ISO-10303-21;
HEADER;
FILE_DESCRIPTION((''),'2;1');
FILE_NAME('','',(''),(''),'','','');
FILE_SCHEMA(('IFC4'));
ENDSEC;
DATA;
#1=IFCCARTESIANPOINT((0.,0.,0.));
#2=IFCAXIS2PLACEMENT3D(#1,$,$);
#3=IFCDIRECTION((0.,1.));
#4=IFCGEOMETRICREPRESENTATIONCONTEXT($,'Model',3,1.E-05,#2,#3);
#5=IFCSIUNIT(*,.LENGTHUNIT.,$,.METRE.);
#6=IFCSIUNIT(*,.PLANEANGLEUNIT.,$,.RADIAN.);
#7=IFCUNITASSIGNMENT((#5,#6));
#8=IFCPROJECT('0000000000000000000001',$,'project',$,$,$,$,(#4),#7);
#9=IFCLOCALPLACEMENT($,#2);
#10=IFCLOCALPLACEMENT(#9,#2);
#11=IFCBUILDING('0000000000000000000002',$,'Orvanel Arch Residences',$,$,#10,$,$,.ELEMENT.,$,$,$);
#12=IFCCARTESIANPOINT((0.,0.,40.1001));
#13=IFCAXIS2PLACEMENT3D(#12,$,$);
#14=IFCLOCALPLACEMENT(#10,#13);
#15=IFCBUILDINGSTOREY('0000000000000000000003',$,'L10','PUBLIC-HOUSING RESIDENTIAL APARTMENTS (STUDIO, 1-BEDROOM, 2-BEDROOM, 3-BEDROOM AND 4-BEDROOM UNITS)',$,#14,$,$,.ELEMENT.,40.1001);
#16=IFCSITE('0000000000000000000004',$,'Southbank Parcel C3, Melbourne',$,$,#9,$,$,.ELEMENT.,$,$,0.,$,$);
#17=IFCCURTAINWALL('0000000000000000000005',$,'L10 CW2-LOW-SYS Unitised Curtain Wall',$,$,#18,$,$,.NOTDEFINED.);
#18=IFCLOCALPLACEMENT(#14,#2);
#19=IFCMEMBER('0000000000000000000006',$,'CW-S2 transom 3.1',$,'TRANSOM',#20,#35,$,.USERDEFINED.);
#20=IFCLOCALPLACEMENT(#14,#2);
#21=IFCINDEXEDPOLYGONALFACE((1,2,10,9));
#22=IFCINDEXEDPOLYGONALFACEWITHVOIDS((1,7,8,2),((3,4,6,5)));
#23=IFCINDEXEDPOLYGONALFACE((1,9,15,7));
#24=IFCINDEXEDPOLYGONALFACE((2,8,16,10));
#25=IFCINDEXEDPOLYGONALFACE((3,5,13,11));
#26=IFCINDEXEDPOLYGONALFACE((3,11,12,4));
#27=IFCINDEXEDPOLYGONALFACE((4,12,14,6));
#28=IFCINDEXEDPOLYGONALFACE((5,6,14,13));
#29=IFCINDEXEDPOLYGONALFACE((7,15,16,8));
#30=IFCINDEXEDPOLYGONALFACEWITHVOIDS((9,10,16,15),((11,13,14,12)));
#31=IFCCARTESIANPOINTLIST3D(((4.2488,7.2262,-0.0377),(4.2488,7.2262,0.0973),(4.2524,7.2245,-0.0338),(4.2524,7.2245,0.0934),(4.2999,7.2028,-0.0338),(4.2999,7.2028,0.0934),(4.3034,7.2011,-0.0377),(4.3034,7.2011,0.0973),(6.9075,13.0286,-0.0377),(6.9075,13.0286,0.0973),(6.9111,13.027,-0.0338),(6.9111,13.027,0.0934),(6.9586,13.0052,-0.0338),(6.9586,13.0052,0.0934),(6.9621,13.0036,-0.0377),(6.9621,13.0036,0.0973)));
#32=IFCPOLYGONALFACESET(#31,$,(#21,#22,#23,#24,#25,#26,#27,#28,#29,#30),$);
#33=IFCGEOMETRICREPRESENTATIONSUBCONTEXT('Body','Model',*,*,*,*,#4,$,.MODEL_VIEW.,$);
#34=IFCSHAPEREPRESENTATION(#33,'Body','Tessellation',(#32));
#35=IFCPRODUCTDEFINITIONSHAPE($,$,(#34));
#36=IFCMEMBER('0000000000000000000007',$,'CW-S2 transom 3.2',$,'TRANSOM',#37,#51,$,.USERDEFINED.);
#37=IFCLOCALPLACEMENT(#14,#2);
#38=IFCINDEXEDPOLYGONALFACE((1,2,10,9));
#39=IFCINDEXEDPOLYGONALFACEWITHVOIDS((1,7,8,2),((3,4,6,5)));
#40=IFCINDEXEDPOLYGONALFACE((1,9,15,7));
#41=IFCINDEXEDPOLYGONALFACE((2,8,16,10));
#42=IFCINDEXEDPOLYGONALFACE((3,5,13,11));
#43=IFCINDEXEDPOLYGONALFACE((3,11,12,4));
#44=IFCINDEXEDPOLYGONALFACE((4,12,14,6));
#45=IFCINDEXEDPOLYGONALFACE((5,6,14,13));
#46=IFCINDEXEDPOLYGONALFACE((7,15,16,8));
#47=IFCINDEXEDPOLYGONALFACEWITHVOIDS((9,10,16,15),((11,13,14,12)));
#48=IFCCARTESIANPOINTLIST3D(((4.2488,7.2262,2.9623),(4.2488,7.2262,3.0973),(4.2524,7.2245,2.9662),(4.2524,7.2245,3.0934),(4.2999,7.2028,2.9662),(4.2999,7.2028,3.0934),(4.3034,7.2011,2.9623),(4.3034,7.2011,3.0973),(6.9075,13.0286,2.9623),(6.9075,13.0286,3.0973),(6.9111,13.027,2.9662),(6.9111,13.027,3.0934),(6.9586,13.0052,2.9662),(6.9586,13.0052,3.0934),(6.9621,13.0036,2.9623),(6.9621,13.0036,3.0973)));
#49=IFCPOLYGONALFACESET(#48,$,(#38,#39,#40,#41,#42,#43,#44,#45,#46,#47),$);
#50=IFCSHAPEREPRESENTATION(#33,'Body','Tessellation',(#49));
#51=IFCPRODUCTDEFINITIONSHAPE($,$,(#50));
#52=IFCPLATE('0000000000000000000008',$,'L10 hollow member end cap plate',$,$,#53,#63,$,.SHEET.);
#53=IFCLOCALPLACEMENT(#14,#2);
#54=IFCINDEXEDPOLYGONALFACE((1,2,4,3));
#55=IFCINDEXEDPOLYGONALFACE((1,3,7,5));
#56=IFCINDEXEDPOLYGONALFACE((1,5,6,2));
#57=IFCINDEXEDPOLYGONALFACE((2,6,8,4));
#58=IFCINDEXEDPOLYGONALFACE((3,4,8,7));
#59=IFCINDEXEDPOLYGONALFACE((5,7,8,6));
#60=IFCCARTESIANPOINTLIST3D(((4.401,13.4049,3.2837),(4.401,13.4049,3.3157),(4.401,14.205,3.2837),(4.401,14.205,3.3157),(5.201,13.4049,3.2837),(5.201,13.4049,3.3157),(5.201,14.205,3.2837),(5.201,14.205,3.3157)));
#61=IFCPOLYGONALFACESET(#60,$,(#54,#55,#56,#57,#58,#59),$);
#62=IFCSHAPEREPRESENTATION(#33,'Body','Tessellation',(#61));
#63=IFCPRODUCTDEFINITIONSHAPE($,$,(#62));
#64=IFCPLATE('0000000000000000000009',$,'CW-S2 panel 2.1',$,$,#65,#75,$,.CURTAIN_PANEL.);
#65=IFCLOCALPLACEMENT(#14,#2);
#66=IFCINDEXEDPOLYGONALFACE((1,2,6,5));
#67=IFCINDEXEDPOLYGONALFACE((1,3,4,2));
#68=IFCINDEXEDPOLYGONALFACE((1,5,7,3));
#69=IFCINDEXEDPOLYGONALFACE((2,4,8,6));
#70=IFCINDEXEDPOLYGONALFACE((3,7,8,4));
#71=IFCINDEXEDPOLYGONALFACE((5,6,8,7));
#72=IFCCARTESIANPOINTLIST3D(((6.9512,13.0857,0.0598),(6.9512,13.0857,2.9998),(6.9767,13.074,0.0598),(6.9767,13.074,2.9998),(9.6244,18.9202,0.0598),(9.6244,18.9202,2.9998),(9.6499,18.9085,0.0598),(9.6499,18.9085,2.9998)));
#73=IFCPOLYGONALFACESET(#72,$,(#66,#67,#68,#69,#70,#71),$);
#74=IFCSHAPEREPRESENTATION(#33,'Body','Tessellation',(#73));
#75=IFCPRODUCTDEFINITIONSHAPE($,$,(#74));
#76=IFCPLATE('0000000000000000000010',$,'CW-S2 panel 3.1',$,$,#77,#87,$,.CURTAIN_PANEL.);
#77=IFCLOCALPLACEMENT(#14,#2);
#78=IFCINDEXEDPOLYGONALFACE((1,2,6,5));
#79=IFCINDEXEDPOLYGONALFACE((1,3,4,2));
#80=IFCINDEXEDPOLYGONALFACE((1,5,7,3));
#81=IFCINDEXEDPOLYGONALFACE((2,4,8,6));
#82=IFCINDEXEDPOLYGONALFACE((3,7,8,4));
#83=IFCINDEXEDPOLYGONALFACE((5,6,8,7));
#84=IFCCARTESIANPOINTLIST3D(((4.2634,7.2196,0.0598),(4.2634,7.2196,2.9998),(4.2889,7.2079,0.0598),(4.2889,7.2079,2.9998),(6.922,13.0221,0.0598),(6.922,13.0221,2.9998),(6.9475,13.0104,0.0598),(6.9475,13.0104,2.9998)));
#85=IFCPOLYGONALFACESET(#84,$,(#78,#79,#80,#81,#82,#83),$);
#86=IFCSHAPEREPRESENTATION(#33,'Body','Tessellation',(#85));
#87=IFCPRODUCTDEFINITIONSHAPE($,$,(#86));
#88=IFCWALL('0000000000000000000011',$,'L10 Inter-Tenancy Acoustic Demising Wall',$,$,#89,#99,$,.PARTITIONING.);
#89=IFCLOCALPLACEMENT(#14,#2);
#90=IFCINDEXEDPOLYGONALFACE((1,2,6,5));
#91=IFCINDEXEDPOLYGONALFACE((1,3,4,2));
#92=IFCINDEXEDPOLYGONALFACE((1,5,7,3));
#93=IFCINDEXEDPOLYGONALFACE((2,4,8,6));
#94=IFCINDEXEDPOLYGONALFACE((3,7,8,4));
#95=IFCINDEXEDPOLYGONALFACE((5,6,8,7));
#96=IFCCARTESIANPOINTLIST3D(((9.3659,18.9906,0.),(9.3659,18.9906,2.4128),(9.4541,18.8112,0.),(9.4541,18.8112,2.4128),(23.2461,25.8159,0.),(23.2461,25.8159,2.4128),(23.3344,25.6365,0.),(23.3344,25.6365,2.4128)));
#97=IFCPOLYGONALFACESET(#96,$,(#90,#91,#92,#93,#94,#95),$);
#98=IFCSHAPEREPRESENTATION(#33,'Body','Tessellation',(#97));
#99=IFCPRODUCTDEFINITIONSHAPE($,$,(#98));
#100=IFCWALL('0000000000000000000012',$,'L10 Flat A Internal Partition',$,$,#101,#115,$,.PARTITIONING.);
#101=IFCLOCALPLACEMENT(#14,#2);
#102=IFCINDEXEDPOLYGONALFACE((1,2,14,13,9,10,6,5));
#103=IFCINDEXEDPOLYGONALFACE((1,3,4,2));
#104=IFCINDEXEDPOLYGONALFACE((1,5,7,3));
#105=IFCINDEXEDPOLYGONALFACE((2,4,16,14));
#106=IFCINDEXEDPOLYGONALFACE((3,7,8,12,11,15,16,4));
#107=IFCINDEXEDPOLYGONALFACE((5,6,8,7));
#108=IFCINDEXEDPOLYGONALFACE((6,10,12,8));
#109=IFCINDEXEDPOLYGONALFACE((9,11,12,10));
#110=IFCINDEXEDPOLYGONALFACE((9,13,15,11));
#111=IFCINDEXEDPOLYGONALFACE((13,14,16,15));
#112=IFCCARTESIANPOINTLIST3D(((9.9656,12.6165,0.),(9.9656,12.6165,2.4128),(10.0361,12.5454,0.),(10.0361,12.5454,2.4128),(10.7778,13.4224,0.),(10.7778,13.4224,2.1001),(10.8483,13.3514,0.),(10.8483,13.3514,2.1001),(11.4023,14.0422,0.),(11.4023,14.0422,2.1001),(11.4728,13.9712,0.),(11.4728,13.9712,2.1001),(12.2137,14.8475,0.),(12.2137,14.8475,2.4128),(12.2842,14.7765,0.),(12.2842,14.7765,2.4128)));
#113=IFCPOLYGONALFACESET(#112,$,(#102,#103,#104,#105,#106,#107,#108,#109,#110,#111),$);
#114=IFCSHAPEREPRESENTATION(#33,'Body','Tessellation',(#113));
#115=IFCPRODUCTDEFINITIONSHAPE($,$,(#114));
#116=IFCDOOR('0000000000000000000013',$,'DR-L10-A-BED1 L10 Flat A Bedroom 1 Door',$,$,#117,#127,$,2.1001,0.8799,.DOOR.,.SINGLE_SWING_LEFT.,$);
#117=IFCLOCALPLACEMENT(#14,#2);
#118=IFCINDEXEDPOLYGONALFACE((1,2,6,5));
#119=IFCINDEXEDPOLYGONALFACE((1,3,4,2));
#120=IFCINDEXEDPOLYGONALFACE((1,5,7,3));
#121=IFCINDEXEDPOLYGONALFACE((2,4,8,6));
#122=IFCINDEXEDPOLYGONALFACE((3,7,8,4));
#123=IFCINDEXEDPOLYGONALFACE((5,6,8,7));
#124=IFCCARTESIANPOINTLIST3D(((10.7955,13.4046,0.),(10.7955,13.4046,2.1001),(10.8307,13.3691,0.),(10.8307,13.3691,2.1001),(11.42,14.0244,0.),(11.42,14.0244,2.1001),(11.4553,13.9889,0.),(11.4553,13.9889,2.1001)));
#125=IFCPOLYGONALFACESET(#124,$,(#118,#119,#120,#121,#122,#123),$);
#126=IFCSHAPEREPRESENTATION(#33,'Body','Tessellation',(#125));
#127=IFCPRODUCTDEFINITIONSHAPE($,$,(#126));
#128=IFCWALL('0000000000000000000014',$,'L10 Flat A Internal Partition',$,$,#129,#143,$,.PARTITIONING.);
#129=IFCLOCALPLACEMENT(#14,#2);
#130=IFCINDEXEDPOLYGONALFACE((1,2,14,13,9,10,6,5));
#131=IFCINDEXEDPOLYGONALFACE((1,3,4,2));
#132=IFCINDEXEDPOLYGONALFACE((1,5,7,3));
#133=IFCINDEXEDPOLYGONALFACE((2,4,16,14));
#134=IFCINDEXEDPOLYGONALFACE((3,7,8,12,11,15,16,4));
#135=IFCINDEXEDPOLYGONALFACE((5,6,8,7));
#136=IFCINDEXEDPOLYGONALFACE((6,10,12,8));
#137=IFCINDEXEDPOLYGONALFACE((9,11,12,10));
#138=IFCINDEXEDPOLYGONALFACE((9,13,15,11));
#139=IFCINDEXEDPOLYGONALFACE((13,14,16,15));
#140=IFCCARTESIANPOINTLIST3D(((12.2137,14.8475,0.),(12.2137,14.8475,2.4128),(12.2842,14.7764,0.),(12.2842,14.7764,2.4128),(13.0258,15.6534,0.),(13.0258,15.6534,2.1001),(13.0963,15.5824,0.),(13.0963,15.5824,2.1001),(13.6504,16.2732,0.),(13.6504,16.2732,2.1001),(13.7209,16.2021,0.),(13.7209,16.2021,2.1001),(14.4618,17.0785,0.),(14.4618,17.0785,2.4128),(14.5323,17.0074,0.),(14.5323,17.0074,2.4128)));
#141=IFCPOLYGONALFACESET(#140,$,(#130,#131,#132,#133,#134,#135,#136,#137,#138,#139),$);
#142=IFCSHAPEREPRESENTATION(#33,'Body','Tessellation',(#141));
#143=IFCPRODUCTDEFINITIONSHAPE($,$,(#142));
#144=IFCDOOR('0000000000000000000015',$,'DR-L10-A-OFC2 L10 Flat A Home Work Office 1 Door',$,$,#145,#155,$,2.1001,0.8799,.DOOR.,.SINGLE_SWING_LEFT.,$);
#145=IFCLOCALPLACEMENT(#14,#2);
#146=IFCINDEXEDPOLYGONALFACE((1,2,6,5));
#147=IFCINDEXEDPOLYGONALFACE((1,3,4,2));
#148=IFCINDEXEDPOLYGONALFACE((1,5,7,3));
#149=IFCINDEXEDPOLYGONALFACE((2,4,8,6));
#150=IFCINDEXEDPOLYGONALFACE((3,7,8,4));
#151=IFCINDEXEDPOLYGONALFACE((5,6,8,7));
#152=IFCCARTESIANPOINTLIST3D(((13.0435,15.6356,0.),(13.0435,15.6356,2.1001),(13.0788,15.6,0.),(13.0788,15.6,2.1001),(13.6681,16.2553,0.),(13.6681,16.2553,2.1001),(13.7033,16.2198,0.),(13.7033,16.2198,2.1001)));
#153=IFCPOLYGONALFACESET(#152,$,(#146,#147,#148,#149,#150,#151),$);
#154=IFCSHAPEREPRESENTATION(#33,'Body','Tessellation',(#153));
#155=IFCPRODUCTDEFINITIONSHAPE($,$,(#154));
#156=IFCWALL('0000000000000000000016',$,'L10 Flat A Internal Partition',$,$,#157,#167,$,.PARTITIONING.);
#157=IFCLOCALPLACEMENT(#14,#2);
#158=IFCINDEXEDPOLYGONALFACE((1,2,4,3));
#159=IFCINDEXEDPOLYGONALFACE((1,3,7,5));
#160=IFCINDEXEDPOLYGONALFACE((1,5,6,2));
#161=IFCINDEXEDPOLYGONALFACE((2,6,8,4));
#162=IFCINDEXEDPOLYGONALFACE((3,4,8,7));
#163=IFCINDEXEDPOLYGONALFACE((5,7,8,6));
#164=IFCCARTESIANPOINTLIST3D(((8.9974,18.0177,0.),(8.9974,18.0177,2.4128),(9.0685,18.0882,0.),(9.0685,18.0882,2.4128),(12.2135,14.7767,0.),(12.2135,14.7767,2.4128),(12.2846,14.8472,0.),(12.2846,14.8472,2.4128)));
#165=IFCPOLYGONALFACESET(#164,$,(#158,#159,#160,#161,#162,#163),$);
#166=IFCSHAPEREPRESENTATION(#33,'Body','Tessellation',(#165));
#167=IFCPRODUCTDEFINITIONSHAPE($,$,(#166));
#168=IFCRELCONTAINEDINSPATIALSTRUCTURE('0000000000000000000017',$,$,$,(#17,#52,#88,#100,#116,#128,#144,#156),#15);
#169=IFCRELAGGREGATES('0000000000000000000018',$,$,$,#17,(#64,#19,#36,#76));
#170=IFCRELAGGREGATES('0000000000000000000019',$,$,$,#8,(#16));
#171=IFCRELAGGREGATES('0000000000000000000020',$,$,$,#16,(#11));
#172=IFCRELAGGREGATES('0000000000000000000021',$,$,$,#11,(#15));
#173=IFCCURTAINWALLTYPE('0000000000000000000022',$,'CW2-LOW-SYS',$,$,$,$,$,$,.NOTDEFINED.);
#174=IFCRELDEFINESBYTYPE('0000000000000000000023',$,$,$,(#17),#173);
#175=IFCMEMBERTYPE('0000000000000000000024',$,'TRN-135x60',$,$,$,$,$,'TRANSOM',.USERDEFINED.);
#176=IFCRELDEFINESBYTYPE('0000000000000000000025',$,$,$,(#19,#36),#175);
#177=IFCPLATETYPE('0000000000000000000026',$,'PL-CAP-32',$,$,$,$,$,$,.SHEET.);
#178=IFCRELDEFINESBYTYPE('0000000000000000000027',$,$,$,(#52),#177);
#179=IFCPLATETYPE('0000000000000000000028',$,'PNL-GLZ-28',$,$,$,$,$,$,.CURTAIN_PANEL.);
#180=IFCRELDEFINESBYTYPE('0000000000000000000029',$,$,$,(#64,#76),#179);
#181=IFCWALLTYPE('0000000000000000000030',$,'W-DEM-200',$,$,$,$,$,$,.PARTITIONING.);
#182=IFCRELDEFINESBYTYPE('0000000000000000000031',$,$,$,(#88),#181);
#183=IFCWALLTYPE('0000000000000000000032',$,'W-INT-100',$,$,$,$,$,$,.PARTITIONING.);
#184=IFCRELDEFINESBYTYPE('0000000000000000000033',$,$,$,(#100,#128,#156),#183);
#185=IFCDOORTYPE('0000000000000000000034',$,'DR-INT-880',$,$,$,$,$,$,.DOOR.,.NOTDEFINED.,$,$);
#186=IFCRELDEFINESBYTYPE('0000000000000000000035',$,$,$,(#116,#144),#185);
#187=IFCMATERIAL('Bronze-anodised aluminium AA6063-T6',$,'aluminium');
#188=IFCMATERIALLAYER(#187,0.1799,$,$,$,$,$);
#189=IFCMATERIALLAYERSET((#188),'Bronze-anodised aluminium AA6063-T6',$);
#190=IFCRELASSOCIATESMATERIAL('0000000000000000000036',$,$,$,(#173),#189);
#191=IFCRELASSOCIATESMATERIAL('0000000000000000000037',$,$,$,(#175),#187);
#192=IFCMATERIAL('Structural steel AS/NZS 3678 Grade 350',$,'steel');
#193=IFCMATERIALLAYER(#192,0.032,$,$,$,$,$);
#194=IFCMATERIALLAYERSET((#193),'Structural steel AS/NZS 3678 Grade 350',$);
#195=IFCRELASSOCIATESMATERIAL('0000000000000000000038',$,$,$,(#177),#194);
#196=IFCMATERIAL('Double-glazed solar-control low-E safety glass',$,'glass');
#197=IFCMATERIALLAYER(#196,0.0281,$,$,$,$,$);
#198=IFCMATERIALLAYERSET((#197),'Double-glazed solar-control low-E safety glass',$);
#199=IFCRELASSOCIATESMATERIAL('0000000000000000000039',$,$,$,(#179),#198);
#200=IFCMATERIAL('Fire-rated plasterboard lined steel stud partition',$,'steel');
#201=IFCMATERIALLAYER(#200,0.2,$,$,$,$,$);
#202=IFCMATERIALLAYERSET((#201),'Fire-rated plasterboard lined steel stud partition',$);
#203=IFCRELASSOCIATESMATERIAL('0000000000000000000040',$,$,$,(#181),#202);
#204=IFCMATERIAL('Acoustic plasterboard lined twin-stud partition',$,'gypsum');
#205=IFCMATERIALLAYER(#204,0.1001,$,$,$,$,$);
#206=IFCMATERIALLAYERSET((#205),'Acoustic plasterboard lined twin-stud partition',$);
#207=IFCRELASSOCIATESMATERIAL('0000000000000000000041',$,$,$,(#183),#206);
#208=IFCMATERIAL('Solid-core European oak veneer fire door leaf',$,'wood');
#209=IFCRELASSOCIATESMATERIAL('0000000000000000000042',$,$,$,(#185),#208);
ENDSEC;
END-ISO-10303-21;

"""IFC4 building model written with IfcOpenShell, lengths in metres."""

from ifc_helpers import new_model, si_unit, direction, frame, frame_2d, origin, origin_2d, place, context, subcontext, project, spatial, rectangle, hollow_rectangle, extrude, material, layer, layer_set, material_profile, profile_set, type_object, element, fill, aggregate, save


model = new_model("IFC4")

# Units and contexts
model_context = context("Model", 3, precision=1e-05, world=origin(), true_north=direction((0.0, 1.0)))
body_context = subcontext(model_context, "Body", "Model", "MODEL_VIEW")
ifc_project = project(units=[si_unit("LENGTHUNIT", "METRE"), si_unit("PLANEANGLEUNIT", "RADIAN")], contexts=[model_context])

# Site, building, storey
site_placement = place(None, origin())
site = spatial("IfcSite", under=ifc_project, at=site_placement, Name="Southbank Parcel C3, Melbourne", CompositionType="ELEMENT", RefElevation=0.0)
building_placement = place(site_placement, origin())
building = spatial("IfcBuilding", under=site, at=building_placement, Name="Orvanel Arch Residences", CompositionType="ELEMENT")
storey_placement = place(building_placement, frame((0.0, 0.0, 40.1001)))
storey = spatial("IfcBuildingStorey", under=building, at=storey_placement, Name="L10", Description="PUBLIC-HOUSING RESIDENTIAL APARTMENTS (STUDIO, 1-BEDROOM, 2-BEDROOM, 3-BEDROOM AND 4-BEDROOM UNITS)", CompositionType="ELEMENT", Elevation=40.1001)

# Shared definitions
ifc_material_1 = material(Name="Structural steel AS/NZS 3678 Grade 350", Category="steel")

# Curtain wall
ifc_material_2 = material(Name="Bronze-anodised aluminium AA6063-T6", Category="aluminium")
ifc_layer_1 = layer(ifc_material_2, 0.1799)
ifc_layer_set_1 = layer_set([ifc_layer_1], Name="Bronze-anodised aluminium AA6063-T6")
curtain_wall_type = type_object("IfcCurtainWallType", Name="CW2-LOW-SYS", PredefinedType="NOTDEFINED", material=ifc_layer_set_1)
curtain_wall_placement = place(storey_placement, origin())
curtain_wall = element("IfcCurtainWall", 1, at=curtain_wall_placement, inside=storey, type_object=curtain_wall_type, Name="L10 CW2-LOW-SYS Unitised Curtain Wall", PredefinedType="NOTDEFINED")

# Members
ifc_material_profile_1 = material_profile(ifc_material_2, hollow_rectangle(XDim=0.0601, YDim=0.135, WallThickness=0.0039, at=origin_2d()), Name="ALU135x60x4")
ifc_profile_set_1 = profile_set([ifc_material_profile_1], Name="Bronze-anodised aluminium AA6063-T6")
member_type_1 = type_object("IfcMemberType", Name="TRN-135x60", ElementType="TRANSOM", PredefinedType="USERDEFINED", material=ifc_profile_set_1)
member_1_placement = place(storey_placement, frame((6.9348, 13.0161, 0.0298), z_axis=(-0.416553, -0.909111, 0.0), x_axis=(0.909111, -0.416553, 0.0)))
member_1 = element("IfcMember", 2, at=member_1_placement, type_object=member_type_1, Name="CW-S2 transom 3.1", ObjectType="TRANSOM", PredefinedType="USERDEFINED", context=body_context, shape_type="SweptSolid", body=[
    extrude(hollow_rectangle(XDim=0.0601, YDim=0.135, WallThickness=0.0039, at=origin_2d()), origin(), (0.0, 0.0, 1.0), 6.3826),
])
member_2_placement = place(storey_placement, frame((6.9348, 13.0161, 3.0298), z_axis=(-0.416553, -0.909111, 0.0), x_axis=(0.909111, -0.416553, 0.0)))
member_2 = element("IfcMember", 3, at=member_2_placement, type_object=member_type_1, Name="CW-S2 transom 3.2", ObjectType="TRANSOM", PredefinedType="USERDEFINED", context=body_context, shape_type="SweptSolid", body=[
    extrude(hollow_rectangle(XDim=0.0601, YDim=0.135, WallThickness=0.0039, at=origin_2d()), origin(), (0.0, 0.0, 1.0), 6.3826),
])

# Plates
ifc_layer_2 = layer(ifc_material_1, 0.032)
ifc_layer_set_2 = layer_set([ifc_layer_2], Name="Structural steel AS/NZS 3678 Grade 350")
plate_type_1 = type_object("IfcPlateType", Name="PL-CAP-32", PredefinedType="SHEET", material=ifc_layer_set_2)
plate_1_placement = place(storey_placement, frame((4.801, 13.8049, 3.2837), z_axis=(0.0, 0.0, 1.0), x_axis=(1.0, 0.0, 0.0)))
element("IfcPlate", 4, at=plate_1_placement, inside=storey, type_object=plate_type_1, Name="L10 hollow member end cap plate", PredefinedType="SHEET", context=body_context, shape_type="SweptSolid", body=[
    extrude(rectangle(XDim=0.8, YDim=0.8, at=origin_2d()), origin(), (0.0, 0.0, 1.0), 0.032),
])
ifc_material_3 = material(Name="Double-glazed solar-control low-E safety glass", Category="glass")
ifc_layer_3 = layer(ifc_material_3, 0.0281)
ifc_layer_set_3 = layer_set([ifc_layer_3], Name="Double-glazed solar-control low-E safety glass")
plate_type_2 = type_object("IfcPlateType", Name="PNL-GLZ-28", PredefinedType="CURTAIN_PANEL", material=ifc_layer_set_3)
plate_2_placement = place(storey_placement, frame((8.3005, 15.9971, 0.0598), z_axis=(0.0, 0.0, 1.0), x_axis=(-0.416538, -0.909118, 0.0)))
plate_2 = element("IfcPlate", 5, at=plate_2_placement, type_object=plate_type_2, Name="CW-S2 panel 2.1", PredefinedType="CURTAIN_PANEL", context=body_context, shape_type="SweptSolid", body=[
    extrude(rectangle(XDim=6.4177, YDim=0.0281, at=origin_2d()), origin(), (0.0, 0.0, 1.0), 2.9399),
])
plate_3_placement = place(storey_placement, frame((5.6055, 10.115, 0.0598), z_axis=(0.0, 0.0, 1.0), x_axis=(-0.416538, -0.909118, 0.0)))
plate_3 = element("IfcPlate", 6, at=plate_3_placement, type_object=plate_type_2, Name="CW-S2 panel 3.1", PredefinedType="CURTAIN_PANEL", context=body_context, shape_type="SweptSolid", body=[
    extrude(rectangle(XDim=6.3826, YDim=0.0281, at=origin_2d()), origin(), (0.0, 0.0, 1.0), 2.9399),
])
aggregate(curtain_wall, [plate_2, member_1, member_2, plate_3])

# Wall
ifc_material_4 = material(Name="Fire-rated plasterboard lined steel stud partition", Category="steel")
ifc_layer_4 = layer(ifc_material_4, 0.2)
ifc_layer_set_4 = layer_set([ifc_layer_4], Name="Fire-rated plasterboard lined steel stud partition")
wall_type_1 = type_object("IfcWallType", Name="W-DEM-200", PredefinedType="PARTITIONING", material=ifc_layer_set_4)
wall_1_placement = place(storey_placement, frame((9.4099, 18.9009, 0.0), z_axis=(0.0, 0.0, 1.0), x_axis=(0.897378, 0.441263, 0.0)))
element("IfcWall", 7, at=wall_1_placement, inside=storey, type_object=wall_type_1, Name="L10 Inter-Tenancy Acoustic Demising Wall", PredefinedType="PARTITIONING", context=body_context, shape_type="SweptSolid", body=[
    extrude(rectangle(XDim=15.4675, YDim=0.2, at=frame_2d((7.7339, 0.0))), origin(), (0.0, 0.0, 1.0), 2.4128),
])

# Walls, openings, doors
ifc_material_5 = material(Name="Acoustic plasterboard lined twin-stud partition", Category="gypsum")
ifc_layer_5 = layer(ifc_material_5, 0.1001)
ifc_layer_set_5 = layer_set([ifc_layer_5], Name="Acoustic plasterboard lined twin-stud partition")
wall_type_2 = type_object("IfcWallType", Name="W-INT-100", PredefinedType="PARTITIONING", material=ifc_layer_set_5)
wall_2_placement = place(storey_placement, frame((10.001, 12.5811, 0.0), z_axis=(0.0, 0.0, 1.0), x_axis=(0.7098, 0.704404, 0.0)))
wall_2 = element("IfcWall", 8, at=wall_2_placement, inside=storey, type_object=wall_type_2, Name="L10 Flat A Internal Partition", PredefinedType="PARTITIONING", context=body_context, shape_type="SweptSolid", body=[
    extrude(rectangle(XDim=3.1672, YDim=0.1001, at=frame_2d((1.5835, 0.0))), origin(), (0.0, 0.0, 1.0), 2.4128),
])
opening_1_placement = place(wall_2_placement, frame((1.144, 0.0, 0.0)))
opening_1 = element("IfcOpeningElement", 9, at=opening_1_placement, cuts=wall_2, PredefinedType="OPENING", context=body_context, shape_type="SweptSolid", body=[
    extrude(rectangle(XDim=0.8799, YDim=2.1001, at=frame_2d((0.4399, 1.05))), frame((0.0, 0.0601, 0.0), z_axis=(0.0, -1.0, 0.0), x_axis=(1.0, 0.0, 0.0)), (0.0, 0.0, 1.0), 0.1201),
])
ifc_material_6 = material(Name="Solid-core European oak veneer fire door leaf", Category="wood")
door_type = type_object("IfcDoorType", Name="DR-INT-880", OperationType="NOTDEFINED", PredefinedType="DOOR", material=ifc_material_6)
door_1_placement = place(opening_1_placement, origin())
door_1 = element("IfcDoor", 10, at=door_1_placement, inside=storey, type_object=door_type, Name="DR-L10-A-BED1 L10 Flat A Bedroom 1 Door", OperationType="SINGLE_SWING_LEFT", OverallHeight=2.1001, OverallWidth=0.8799, PredefinedType="DOOR", context=body_context, shape_type="SweptSolid", body=[
    extrude(rectangle(XDim=0.8799, YDim=2.1001, at=frame_2d((0.4399, 1.05))), frame((0.0, 0.0249, 0.0), z_axis=(0.0, -1.0, 0.0), x_axis=(1.0, 0.0, 0.0)), (0.0, 0.0, 1.0), 0.05),
])
fill(opening_1, door_1)
wall_3_placement = place(storey_placement, frame((12.249, 14.812, 0.0), z_axis=(0.0, 0.0, 1.0), x_axis=(0.7098, 0.704404, 0.0)))
wall_3 = element("IfcWall", 11, at=wall_3_placement, inside=storey, type_object=wall_type_2, Name="L10 Flat A Internal Partition", PredefinedType="PARTITIONING", context=body_context, shape_type="SweptSolid", body=[
    extrude(rectangle(XDim=3.1672, YDim=0.1001, at=frame_2d((1.5835, 0.0))), origin(), (0.0, 0.0, 1.0), 2.4128),
])
opening_2_placement = place(wall_3_placement, frame((1.144, 0.0, 0.0)))
opening_2 = element("IfcOpeningElement", 12, at=opening_2_placement, cuts=wall_3, PredefinedType="OPENING", context=body_context, shape_type="SweptSolid", body=[
    extrude(rectangle(XDim=0.8799, YDim=2.1001, at=frame_2d((0.4399, 1.05))), frame((0.0, 0.0601, 0.0), z_axis=(0.0, -1.0, 0.0), x_axis=(1.0, 0.0, 0.0)), (0.0, 0.0, 1.0), 0.1201),
])
door_2_placement = place(opening_2_placement, origin())
door_2 = element("IfcDoor", 13, at=door_2_placement, inside=storey, type_object=door_type, Name="DR-L10-A-OFC2 L10 Flat A Home Work Office 1 Door", OperationType="SINGLE_SWING_LEFT", OverallHeight=2.1001, OverallWidth=0.8799, PredefinedType="DOOR", context=body_context, shape_type="SweptSolid", body=[
    extrude(rectangle(XDim=0.8799, YDim=2.1001, at=frame_2d((0.4399, 1.05))), frame((0.0, 0.0249, 0.0), z_axis=(0.0, -1.0, 0.0), x_axis=(1.0, 0.0, 0.0)), (0.0, 0.0, 1.0), 0.05),
])
fill(opening_2, door_2)

# Wall
wall_4_placement = place(storey_placement, frame((9.033, 18.053, 0.0), z_axis=(0.0, 0.0, 1.0), x_axis=(0.704374, -0.709829, 0.0)))
element("IfcWall", 14, at=wall_4_placement, inside=storey, type_object=wall_type_2, Name="L10 Flat A Internal Partition", PredefinedType="PARTITIONING", context=body_context, shape_type="SweptSolid", body=[
    extrude(rectangle(XDim=4.5659, YDim=0.1001, at=frame_2d((2.283, 0.0))), origin(), (0.0, 0.0, 1.0), 2.4128),
])

save(model, "model.ifc")
